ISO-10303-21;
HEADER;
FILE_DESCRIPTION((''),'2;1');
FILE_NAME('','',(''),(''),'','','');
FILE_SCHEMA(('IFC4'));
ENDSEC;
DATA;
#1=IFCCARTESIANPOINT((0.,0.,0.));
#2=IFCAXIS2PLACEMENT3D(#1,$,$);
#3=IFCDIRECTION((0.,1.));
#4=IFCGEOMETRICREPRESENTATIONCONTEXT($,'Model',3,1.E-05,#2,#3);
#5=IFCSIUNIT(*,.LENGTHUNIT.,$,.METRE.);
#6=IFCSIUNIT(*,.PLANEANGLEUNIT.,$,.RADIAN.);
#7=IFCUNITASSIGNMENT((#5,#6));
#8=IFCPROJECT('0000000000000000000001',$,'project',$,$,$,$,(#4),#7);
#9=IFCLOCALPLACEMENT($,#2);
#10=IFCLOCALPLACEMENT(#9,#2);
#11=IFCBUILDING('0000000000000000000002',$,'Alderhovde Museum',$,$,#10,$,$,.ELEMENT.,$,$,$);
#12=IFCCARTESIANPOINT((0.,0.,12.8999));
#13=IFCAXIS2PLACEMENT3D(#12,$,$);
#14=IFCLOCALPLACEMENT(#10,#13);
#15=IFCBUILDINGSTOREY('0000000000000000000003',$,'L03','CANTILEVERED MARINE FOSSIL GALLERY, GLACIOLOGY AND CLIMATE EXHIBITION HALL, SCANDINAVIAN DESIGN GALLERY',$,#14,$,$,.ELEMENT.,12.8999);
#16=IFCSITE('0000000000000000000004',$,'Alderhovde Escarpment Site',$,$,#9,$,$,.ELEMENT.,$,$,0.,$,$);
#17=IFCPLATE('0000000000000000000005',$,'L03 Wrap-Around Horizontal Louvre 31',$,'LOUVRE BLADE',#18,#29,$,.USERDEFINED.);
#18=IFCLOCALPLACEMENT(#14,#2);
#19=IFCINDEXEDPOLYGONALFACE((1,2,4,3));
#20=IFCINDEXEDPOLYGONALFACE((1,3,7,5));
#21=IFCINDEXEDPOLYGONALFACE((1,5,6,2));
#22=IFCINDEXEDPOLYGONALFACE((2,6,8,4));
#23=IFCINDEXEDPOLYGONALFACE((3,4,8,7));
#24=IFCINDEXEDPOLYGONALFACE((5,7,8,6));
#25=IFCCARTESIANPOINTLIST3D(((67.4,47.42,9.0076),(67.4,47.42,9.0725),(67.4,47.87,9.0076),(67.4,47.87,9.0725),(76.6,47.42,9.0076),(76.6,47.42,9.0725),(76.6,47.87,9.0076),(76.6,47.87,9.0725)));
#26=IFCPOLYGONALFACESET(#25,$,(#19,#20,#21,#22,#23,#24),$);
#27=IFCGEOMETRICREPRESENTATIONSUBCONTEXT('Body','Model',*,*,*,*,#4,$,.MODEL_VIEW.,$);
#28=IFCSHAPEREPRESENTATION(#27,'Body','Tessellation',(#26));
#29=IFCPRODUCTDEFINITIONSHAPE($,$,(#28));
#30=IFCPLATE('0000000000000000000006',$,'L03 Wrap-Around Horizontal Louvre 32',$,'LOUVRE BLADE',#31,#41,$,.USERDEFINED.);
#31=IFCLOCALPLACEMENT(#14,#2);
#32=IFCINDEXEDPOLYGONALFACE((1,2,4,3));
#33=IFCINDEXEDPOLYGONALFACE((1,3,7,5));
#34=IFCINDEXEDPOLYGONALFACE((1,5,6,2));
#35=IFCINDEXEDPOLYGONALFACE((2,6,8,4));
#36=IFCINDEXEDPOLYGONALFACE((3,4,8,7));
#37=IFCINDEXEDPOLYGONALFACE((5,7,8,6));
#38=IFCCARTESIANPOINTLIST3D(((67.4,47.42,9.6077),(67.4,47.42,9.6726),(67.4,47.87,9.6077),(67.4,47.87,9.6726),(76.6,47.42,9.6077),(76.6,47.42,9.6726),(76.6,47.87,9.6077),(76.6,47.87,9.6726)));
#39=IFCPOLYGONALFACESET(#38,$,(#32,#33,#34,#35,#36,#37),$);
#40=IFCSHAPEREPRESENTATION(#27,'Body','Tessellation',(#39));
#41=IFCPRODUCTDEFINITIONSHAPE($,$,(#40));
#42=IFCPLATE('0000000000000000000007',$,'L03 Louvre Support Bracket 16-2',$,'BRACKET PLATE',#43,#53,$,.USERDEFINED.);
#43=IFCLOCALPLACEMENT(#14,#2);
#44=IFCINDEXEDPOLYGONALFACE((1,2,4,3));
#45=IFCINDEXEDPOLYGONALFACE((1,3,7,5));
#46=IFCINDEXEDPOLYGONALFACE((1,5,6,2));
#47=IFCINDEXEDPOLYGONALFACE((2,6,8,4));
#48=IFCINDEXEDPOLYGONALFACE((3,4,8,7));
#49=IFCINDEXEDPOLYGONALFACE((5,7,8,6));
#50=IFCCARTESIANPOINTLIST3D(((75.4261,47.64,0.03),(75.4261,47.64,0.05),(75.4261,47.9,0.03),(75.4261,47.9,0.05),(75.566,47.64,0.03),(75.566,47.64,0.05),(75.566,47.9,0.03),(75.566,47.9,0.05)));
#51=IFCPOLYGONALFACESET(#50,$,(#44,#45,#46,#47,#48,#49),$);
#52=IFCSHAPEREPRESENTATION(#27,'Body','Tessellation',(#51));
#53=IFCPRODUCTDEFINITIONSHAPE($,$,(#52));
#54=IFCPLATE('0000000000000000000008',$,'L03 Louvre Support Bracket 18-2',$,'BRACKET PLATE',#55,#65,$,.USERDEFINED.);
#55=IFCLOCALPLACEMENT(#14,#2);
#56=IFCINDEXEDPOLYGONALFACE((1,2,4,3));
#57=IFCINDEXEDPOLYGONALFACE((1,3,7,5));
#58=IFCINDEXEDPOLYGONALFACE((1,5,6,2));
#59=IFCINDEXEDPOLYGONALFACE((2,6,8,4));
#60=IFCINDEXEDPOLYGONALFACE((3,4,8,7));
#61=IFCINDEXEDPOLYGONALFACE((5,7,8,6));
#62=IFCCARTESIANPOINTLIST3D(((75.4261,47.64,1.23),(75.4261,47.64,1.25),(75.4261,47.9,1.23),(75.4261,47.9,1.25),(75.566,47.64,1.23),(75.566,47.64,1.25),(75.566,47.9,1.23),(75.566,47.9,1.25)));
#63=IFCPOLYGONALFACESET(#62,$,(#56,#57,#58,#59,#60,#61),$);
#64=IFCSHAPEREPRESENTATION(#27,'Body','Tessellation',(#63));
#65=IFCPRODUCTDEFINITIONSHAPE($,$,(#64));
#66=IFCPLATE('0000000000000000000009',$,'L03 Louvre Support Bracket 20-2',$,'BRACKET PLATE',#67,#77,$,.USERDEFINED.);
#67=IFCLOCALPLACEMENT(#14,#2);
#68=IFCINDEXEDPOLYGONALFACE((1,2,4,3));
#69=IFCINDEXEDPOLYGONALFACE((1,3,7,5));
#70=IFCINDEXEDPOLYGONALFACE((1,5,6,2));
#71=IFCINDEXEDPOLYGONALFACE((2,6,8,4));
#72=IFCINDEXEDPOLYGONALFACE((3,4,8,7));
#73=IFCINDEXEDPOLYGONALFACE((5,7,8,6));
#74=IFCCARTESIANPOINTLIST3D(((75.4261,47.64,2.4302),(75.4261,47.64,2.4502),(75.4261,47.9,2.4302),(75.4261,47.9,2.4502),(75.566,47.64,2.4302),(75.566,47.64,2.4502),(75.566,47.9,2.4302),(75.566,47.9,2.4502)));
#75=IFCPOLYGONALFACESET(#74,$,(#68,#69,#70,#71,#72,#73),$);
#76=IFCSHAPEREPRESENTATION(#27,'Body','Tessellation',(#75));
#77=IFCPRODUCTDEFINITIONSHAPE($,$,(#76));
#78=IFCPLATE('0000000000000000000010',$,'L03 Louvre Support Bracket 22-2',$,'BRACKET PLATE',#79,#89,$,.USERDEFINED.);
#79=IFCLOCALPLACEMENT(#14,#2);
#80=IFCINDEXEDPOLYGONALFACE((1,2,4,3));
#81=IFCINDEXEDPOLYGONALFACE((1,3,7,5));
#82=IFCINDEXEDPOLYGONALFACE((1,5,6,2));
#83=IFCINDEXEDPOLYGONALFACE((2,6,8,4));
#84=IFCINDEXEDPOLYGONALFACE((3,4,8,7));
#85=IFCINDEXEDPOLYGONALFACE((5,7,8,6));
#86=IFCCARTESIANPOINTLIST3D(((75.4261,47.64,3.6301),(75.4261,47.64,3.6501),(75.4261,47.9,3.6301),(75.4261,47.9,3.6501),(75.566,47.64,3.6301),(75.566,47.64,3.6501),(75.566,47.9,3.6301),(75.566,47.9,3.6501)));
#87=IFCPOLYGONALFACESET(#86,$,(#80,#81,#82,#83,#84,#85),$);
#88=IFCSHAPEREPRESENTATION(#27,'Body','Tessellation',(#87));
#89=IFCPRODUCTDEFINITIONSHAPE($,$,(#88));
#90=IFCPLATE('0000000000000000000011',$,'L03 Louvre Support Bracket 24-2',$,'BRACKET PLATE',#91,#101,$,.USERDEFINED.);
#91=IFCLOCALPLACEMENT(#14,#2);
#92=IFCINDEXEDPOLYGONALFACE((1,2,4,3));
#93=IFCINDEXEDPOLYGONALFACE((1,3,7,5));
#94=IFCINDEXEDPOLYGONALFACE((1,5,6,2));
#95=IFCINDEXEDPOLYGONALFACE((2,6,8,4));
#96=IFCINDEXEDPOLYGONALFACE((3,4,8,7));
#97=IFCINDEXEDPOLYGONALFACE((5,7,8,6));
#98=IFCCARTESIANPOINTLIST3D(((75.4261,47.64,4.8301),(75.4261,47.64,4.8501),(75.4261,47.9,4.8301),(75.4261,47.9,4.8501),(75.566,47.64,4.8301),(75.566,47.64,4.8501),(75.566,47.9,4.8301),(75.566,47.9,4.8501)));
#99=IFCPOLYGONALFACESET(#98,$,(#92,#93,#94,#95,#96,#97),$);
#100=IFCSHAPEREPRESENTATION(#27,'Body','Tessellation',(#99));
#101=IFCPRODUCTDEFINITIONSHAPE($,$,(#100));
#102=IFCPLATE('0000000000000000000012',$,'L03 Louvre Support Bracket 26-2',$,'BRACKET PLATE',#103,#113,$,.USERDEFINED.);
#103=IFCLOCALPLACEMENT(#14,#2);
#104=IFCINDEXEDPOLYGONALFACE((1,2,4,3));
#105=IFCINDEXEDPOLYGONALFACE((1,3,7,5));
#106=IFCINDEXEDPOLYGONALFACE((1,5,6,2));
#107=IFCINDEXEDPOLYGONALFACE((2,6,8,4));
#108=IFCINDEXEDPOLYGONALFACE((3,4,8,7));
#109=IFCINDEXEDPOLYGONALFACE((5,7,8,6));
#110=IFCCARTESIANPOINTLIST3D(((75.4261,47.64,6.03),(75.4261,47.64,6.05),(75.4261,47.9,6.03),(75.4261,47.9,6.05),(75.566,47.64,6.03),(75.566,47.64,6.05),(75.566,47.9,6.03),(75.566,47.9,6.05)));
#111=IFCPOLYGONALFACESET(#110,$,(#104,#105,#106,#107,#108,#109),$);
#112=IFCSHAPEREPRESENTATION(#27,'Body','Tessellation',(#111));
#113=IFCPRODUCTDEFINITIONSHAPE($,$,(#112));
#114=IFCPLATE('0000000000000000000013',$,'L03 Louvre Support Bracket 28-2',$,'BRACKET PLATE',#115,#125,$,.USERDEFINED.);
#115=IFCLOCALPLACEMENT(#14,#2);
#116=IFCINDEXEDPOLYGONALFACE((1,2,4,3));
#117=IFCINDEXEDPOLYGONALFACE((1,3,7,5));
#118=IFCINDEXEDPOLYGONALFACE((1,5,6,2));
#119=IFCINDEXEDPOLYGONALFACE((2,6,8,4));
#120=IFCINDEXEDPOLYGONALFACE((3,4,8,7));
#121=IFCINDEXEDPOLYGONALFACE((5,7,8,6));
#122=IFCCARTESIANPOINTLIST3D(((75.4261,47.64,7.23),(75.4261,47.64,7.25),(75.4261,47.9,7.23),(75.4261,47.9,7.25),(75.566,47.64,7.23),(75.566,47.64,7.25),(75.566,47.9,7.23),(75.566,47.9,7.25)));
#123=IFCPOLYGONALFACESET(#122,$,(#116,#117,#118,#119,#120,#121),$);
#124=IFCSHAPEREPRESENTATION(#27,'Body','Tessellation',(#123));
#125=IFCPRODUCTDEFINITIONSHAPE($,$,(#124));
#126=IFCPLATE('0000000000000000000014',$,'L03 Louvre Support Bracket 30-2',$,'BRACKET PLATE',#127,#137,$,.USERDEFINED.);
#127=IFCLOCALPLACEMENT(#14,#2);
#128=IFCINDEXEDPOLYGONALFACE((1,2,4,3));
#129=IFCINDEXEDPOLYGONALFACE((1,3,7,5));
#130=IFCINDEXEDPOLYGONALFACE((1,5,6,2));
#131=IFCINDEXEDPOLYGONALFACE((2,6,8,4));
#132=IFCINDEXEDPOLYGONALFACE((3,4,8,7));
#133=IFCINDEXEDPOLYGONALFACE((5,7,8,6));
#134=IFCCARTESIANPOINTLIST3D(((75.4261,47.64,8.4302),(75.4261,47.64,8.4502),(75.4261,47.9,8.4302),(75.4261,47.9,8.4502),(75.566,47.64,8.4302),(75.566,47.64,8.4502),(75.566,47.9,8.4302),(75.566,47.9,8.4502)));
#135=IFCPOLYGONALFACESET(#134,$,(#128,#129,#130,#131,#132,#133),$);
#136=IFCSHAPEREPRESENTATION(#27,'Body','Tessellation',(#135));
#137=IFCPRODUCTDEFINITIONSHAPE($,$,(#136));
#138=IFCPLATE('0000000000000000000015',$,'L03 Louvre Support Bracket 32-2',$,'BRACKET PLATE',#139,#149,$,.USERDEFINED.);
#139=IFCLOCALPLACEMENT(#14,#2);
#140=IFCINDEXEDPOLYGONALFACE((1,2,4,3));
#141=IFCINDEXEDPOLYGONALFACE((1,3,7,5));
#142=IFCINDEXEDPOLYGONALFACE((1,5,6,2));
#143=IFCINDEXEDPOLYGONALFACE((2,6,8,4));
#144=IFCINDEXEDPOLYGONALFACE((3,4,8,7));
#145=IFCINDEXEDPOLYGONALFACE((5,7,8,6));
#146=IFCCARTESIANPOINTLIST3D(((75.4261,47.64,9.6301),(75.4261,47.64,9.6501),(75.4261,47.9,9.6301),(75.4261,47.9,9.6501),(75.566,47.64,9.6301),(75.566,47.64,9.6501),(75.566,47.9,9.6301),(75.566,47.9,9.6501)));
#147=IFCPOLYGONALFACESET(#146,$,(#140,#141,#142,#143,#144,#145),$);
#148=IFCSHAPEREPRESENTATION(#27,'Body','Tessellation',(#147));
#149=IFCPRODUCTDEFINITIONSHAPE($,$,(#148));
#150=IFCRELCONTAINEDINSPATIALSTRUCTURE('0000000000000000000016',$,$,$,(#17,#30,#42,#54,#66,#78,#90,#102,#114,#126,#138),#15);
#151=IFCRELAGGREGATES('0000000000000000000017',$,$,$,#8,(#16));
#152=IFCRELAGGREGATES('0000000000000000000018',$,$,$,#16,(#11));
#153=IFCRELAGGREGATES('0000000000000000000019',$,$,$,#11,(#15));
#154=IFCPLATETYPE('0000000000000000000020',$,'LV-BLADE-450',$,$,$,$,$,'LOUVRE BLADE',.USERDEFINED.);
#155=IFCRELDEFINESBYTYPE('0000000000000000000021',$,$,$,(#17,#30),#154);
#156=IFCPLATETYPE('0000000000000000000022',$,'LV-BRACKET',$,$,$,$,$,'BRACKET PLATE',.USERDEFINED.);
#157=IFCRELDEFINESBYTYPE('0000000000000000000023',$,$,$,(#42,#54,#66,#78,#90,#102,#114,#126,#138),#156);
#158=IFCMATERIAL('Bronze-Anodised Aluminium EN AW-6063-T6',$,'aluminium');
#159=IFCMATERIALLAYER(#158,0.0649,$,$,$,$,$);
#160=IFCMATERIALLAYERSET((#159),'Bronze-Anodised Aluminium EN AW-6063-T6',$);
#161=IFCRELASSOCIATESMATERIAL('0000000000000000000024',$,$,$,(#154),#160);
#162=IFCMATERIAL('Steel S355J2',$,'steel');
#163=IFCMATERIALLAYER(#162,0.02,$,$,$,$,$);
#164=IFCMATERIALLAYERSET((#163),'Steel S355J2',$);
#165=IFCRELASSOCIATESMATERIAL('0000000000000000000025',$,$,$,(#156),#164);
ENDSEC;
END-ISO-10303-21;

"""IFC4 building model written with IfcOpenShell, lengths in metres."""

from ifc_helpers import new_model, si_unit, direction, frame, origin, origin_2d, place, context, subcontext, project, spatial, rectangle, extrude, material, layer, layer_set, type_object, element, save


model = new_model("IFC4")

# Units and contexts
model_context = context("Model", 3, precision=1e-05, world=origin(), true_north=direction((0.0, 1.0)))
body_context = subcontext(model_context, "Body", "Model", "MODEL_VIEW")
ifc_project = project(units=[si_unit("LENGTHUNIT", "METRE"), si_unit("PLANEANGLEUNIT", "RADIAN")], contexts=[model_context])

# Site, building, storey
site_placement = place(None, origin())
site = spatial("IfcSite", under=ifc_project, at=site_placement, Name="Alderhovde Escarpment Site", CompositionType="ELEMENT", RefElevation=0.0)
building_placement = place(site_placement, origin())
building = spatial("IfcBuilding", under=site, at=building_placement, Name="Alderhovde Museum", CompositionType="ELEMENT")
storey_placement = place(building_placement, frame((0.0, 0.0, 12.8999)))
storey = spatial("IfcBuildingStorey", under=building, at=storey_placement, Name="L03", Description="CANTILEVERED MARINE FOSSIL GALLERY, GLACIOLOGY AND CLIMATE EXHIBITION HALL, SCANDINAVIAN DESIGN GALLERY", CompositionType="ELEMENT", Elevation=12.8999)

# Plates
ifc_material_1 = material(Name="Bronze-Anodised Aluminium EN AW-6063-T6", Category="aluminium")
ifc_layer_1 = layer(ifc_material_1, 0.0649)
ifc_layer_set_1 = layer_set([ifc_layer_1], Name="Bronze-Anodised Aluminium EN AW-6063-T6")
plate_type_1 = type_object("IfcPlateType", Name="LV-BLADE-450", ElementType="LOUVRE BLADE", PredefinedType="USERDEFINED", material=ifc_layer_set_1)
for number, where, z_axis, x_axis, name in (
    (1, (72.0, 47.645, 9.0076), (0.0, 0.0, 1.0), (1.0, 0.0, 0.0), "L03 Wrap-Around Horizontal Louvre 31"),
    (2, (72.0, 47.645, 9.6077), (0.0, 0.0, 1.0), (1.0, 0.0, 0.0), "L03 Wrap-Around Horizontal Louvre 32"),
):
    element("IfcPlate", number, at=place(storey_placement, frame(where, z_axis=z_axis, x_axis=x_axis)), inside=storey, type_object=plate_type_1, Name=name, ObjectType="LOUVRE BLADE", PredefinedType="USERDEFINED", context=body_context, shape_type="SweptSolid", body=[
        extrude(rectangle(XDim=9.2, YDim=0.45, at=origin_2d()), origin(), (0.0, 0.0, 1.0), 0.0649),
    ])
ifc_material_2 = material(Name="Steel S355J2", Category="steel")
ifc_layer_2 = layer(ifc_material_2, 0.02)
ifc_layer_set_2 = layer_set([ifc_layer_2], Name="Steel S355J2")
plate_type_2 = type_object("IfcPlateType", Name="LV-BRACKET", ElementType="BRACKET PLATE", PredefinedType="USERDEFINED", material=ifc_layer_set_2)
for number, where, z_axis, x_axis, name in (
    (3, (75.4961, 47.77, 0.03), (0.0, 0.0, 1.0), (1.0, 0.0, 0.0), "L03 Louvre Support Bracket 16-2"),
    (4, (75.4961, 47.77, 1.23), (0.0, 0.0, 1.0), (1.0, 0.0, 0.0), "L03 Louvre Support Bracket 18-2"),
    (5, (75.4961, 47.77, 2.4302), (0.0, 0.0, 1.0), (1.0, 0.0, 0.0), "L03 Louvre Support Bracket 20-2"),
    (6, (75.4961, 47.77, 3.6301), (0.0, 0.0, 1.0), (1.0, 0.0, 0.0), "L03 Louvre Support Bracket 22-2"),
    (7, (75.4961, 47.77, 4.8301), (0.0, 0.0, 1.0), (1.0, 0.0, 0.0), "L03 Louvre Support Bracket 24-2"),
    (8, (75.4961, 47.77, 6.03), (0.0, 0.0, 1.0), (1.0, 0.0, 0.0), "L03 Louvre Support Bracket 26-2"),
    (9, (75.4961, 47.77, 7.23), (0.0, 0.0, 1.0), (1.0, 0.0, 0.0), "L03 Louvre Support Bracket 28-2"),
    (10, (75.4961, 47.77, 8.4302), (0.0, 0.0, 1.0), (1.0, 0.0, 0.0), "L03 Louvre Support Bracket 30-2"),
    (11, (75.4961, 47.77, 9.6301), (0.0, 0.0, 1.0), (1.0, 0.0, 0.0), "L03 Louvre Support Bracket 32-2"),
):
    element("IfcPlate", number, at=place(storey_placement, frame(where, z_axis=z_axis, x_axis=x_axis)), inside=storey, type_object=plate_type_2, Name=name, ObjectType="BRACKET PLATE", PredefinedType="USERDEFINED", context=body_context, shape_type="SweptSolid", body=[
        extrude(rectangle(XDim=0.1399, YDim=0.26, at=origin_2d()), origin(), (0.0, 0.0, 1.0), 0.02),
    ])

save(model, "model.ifc")
